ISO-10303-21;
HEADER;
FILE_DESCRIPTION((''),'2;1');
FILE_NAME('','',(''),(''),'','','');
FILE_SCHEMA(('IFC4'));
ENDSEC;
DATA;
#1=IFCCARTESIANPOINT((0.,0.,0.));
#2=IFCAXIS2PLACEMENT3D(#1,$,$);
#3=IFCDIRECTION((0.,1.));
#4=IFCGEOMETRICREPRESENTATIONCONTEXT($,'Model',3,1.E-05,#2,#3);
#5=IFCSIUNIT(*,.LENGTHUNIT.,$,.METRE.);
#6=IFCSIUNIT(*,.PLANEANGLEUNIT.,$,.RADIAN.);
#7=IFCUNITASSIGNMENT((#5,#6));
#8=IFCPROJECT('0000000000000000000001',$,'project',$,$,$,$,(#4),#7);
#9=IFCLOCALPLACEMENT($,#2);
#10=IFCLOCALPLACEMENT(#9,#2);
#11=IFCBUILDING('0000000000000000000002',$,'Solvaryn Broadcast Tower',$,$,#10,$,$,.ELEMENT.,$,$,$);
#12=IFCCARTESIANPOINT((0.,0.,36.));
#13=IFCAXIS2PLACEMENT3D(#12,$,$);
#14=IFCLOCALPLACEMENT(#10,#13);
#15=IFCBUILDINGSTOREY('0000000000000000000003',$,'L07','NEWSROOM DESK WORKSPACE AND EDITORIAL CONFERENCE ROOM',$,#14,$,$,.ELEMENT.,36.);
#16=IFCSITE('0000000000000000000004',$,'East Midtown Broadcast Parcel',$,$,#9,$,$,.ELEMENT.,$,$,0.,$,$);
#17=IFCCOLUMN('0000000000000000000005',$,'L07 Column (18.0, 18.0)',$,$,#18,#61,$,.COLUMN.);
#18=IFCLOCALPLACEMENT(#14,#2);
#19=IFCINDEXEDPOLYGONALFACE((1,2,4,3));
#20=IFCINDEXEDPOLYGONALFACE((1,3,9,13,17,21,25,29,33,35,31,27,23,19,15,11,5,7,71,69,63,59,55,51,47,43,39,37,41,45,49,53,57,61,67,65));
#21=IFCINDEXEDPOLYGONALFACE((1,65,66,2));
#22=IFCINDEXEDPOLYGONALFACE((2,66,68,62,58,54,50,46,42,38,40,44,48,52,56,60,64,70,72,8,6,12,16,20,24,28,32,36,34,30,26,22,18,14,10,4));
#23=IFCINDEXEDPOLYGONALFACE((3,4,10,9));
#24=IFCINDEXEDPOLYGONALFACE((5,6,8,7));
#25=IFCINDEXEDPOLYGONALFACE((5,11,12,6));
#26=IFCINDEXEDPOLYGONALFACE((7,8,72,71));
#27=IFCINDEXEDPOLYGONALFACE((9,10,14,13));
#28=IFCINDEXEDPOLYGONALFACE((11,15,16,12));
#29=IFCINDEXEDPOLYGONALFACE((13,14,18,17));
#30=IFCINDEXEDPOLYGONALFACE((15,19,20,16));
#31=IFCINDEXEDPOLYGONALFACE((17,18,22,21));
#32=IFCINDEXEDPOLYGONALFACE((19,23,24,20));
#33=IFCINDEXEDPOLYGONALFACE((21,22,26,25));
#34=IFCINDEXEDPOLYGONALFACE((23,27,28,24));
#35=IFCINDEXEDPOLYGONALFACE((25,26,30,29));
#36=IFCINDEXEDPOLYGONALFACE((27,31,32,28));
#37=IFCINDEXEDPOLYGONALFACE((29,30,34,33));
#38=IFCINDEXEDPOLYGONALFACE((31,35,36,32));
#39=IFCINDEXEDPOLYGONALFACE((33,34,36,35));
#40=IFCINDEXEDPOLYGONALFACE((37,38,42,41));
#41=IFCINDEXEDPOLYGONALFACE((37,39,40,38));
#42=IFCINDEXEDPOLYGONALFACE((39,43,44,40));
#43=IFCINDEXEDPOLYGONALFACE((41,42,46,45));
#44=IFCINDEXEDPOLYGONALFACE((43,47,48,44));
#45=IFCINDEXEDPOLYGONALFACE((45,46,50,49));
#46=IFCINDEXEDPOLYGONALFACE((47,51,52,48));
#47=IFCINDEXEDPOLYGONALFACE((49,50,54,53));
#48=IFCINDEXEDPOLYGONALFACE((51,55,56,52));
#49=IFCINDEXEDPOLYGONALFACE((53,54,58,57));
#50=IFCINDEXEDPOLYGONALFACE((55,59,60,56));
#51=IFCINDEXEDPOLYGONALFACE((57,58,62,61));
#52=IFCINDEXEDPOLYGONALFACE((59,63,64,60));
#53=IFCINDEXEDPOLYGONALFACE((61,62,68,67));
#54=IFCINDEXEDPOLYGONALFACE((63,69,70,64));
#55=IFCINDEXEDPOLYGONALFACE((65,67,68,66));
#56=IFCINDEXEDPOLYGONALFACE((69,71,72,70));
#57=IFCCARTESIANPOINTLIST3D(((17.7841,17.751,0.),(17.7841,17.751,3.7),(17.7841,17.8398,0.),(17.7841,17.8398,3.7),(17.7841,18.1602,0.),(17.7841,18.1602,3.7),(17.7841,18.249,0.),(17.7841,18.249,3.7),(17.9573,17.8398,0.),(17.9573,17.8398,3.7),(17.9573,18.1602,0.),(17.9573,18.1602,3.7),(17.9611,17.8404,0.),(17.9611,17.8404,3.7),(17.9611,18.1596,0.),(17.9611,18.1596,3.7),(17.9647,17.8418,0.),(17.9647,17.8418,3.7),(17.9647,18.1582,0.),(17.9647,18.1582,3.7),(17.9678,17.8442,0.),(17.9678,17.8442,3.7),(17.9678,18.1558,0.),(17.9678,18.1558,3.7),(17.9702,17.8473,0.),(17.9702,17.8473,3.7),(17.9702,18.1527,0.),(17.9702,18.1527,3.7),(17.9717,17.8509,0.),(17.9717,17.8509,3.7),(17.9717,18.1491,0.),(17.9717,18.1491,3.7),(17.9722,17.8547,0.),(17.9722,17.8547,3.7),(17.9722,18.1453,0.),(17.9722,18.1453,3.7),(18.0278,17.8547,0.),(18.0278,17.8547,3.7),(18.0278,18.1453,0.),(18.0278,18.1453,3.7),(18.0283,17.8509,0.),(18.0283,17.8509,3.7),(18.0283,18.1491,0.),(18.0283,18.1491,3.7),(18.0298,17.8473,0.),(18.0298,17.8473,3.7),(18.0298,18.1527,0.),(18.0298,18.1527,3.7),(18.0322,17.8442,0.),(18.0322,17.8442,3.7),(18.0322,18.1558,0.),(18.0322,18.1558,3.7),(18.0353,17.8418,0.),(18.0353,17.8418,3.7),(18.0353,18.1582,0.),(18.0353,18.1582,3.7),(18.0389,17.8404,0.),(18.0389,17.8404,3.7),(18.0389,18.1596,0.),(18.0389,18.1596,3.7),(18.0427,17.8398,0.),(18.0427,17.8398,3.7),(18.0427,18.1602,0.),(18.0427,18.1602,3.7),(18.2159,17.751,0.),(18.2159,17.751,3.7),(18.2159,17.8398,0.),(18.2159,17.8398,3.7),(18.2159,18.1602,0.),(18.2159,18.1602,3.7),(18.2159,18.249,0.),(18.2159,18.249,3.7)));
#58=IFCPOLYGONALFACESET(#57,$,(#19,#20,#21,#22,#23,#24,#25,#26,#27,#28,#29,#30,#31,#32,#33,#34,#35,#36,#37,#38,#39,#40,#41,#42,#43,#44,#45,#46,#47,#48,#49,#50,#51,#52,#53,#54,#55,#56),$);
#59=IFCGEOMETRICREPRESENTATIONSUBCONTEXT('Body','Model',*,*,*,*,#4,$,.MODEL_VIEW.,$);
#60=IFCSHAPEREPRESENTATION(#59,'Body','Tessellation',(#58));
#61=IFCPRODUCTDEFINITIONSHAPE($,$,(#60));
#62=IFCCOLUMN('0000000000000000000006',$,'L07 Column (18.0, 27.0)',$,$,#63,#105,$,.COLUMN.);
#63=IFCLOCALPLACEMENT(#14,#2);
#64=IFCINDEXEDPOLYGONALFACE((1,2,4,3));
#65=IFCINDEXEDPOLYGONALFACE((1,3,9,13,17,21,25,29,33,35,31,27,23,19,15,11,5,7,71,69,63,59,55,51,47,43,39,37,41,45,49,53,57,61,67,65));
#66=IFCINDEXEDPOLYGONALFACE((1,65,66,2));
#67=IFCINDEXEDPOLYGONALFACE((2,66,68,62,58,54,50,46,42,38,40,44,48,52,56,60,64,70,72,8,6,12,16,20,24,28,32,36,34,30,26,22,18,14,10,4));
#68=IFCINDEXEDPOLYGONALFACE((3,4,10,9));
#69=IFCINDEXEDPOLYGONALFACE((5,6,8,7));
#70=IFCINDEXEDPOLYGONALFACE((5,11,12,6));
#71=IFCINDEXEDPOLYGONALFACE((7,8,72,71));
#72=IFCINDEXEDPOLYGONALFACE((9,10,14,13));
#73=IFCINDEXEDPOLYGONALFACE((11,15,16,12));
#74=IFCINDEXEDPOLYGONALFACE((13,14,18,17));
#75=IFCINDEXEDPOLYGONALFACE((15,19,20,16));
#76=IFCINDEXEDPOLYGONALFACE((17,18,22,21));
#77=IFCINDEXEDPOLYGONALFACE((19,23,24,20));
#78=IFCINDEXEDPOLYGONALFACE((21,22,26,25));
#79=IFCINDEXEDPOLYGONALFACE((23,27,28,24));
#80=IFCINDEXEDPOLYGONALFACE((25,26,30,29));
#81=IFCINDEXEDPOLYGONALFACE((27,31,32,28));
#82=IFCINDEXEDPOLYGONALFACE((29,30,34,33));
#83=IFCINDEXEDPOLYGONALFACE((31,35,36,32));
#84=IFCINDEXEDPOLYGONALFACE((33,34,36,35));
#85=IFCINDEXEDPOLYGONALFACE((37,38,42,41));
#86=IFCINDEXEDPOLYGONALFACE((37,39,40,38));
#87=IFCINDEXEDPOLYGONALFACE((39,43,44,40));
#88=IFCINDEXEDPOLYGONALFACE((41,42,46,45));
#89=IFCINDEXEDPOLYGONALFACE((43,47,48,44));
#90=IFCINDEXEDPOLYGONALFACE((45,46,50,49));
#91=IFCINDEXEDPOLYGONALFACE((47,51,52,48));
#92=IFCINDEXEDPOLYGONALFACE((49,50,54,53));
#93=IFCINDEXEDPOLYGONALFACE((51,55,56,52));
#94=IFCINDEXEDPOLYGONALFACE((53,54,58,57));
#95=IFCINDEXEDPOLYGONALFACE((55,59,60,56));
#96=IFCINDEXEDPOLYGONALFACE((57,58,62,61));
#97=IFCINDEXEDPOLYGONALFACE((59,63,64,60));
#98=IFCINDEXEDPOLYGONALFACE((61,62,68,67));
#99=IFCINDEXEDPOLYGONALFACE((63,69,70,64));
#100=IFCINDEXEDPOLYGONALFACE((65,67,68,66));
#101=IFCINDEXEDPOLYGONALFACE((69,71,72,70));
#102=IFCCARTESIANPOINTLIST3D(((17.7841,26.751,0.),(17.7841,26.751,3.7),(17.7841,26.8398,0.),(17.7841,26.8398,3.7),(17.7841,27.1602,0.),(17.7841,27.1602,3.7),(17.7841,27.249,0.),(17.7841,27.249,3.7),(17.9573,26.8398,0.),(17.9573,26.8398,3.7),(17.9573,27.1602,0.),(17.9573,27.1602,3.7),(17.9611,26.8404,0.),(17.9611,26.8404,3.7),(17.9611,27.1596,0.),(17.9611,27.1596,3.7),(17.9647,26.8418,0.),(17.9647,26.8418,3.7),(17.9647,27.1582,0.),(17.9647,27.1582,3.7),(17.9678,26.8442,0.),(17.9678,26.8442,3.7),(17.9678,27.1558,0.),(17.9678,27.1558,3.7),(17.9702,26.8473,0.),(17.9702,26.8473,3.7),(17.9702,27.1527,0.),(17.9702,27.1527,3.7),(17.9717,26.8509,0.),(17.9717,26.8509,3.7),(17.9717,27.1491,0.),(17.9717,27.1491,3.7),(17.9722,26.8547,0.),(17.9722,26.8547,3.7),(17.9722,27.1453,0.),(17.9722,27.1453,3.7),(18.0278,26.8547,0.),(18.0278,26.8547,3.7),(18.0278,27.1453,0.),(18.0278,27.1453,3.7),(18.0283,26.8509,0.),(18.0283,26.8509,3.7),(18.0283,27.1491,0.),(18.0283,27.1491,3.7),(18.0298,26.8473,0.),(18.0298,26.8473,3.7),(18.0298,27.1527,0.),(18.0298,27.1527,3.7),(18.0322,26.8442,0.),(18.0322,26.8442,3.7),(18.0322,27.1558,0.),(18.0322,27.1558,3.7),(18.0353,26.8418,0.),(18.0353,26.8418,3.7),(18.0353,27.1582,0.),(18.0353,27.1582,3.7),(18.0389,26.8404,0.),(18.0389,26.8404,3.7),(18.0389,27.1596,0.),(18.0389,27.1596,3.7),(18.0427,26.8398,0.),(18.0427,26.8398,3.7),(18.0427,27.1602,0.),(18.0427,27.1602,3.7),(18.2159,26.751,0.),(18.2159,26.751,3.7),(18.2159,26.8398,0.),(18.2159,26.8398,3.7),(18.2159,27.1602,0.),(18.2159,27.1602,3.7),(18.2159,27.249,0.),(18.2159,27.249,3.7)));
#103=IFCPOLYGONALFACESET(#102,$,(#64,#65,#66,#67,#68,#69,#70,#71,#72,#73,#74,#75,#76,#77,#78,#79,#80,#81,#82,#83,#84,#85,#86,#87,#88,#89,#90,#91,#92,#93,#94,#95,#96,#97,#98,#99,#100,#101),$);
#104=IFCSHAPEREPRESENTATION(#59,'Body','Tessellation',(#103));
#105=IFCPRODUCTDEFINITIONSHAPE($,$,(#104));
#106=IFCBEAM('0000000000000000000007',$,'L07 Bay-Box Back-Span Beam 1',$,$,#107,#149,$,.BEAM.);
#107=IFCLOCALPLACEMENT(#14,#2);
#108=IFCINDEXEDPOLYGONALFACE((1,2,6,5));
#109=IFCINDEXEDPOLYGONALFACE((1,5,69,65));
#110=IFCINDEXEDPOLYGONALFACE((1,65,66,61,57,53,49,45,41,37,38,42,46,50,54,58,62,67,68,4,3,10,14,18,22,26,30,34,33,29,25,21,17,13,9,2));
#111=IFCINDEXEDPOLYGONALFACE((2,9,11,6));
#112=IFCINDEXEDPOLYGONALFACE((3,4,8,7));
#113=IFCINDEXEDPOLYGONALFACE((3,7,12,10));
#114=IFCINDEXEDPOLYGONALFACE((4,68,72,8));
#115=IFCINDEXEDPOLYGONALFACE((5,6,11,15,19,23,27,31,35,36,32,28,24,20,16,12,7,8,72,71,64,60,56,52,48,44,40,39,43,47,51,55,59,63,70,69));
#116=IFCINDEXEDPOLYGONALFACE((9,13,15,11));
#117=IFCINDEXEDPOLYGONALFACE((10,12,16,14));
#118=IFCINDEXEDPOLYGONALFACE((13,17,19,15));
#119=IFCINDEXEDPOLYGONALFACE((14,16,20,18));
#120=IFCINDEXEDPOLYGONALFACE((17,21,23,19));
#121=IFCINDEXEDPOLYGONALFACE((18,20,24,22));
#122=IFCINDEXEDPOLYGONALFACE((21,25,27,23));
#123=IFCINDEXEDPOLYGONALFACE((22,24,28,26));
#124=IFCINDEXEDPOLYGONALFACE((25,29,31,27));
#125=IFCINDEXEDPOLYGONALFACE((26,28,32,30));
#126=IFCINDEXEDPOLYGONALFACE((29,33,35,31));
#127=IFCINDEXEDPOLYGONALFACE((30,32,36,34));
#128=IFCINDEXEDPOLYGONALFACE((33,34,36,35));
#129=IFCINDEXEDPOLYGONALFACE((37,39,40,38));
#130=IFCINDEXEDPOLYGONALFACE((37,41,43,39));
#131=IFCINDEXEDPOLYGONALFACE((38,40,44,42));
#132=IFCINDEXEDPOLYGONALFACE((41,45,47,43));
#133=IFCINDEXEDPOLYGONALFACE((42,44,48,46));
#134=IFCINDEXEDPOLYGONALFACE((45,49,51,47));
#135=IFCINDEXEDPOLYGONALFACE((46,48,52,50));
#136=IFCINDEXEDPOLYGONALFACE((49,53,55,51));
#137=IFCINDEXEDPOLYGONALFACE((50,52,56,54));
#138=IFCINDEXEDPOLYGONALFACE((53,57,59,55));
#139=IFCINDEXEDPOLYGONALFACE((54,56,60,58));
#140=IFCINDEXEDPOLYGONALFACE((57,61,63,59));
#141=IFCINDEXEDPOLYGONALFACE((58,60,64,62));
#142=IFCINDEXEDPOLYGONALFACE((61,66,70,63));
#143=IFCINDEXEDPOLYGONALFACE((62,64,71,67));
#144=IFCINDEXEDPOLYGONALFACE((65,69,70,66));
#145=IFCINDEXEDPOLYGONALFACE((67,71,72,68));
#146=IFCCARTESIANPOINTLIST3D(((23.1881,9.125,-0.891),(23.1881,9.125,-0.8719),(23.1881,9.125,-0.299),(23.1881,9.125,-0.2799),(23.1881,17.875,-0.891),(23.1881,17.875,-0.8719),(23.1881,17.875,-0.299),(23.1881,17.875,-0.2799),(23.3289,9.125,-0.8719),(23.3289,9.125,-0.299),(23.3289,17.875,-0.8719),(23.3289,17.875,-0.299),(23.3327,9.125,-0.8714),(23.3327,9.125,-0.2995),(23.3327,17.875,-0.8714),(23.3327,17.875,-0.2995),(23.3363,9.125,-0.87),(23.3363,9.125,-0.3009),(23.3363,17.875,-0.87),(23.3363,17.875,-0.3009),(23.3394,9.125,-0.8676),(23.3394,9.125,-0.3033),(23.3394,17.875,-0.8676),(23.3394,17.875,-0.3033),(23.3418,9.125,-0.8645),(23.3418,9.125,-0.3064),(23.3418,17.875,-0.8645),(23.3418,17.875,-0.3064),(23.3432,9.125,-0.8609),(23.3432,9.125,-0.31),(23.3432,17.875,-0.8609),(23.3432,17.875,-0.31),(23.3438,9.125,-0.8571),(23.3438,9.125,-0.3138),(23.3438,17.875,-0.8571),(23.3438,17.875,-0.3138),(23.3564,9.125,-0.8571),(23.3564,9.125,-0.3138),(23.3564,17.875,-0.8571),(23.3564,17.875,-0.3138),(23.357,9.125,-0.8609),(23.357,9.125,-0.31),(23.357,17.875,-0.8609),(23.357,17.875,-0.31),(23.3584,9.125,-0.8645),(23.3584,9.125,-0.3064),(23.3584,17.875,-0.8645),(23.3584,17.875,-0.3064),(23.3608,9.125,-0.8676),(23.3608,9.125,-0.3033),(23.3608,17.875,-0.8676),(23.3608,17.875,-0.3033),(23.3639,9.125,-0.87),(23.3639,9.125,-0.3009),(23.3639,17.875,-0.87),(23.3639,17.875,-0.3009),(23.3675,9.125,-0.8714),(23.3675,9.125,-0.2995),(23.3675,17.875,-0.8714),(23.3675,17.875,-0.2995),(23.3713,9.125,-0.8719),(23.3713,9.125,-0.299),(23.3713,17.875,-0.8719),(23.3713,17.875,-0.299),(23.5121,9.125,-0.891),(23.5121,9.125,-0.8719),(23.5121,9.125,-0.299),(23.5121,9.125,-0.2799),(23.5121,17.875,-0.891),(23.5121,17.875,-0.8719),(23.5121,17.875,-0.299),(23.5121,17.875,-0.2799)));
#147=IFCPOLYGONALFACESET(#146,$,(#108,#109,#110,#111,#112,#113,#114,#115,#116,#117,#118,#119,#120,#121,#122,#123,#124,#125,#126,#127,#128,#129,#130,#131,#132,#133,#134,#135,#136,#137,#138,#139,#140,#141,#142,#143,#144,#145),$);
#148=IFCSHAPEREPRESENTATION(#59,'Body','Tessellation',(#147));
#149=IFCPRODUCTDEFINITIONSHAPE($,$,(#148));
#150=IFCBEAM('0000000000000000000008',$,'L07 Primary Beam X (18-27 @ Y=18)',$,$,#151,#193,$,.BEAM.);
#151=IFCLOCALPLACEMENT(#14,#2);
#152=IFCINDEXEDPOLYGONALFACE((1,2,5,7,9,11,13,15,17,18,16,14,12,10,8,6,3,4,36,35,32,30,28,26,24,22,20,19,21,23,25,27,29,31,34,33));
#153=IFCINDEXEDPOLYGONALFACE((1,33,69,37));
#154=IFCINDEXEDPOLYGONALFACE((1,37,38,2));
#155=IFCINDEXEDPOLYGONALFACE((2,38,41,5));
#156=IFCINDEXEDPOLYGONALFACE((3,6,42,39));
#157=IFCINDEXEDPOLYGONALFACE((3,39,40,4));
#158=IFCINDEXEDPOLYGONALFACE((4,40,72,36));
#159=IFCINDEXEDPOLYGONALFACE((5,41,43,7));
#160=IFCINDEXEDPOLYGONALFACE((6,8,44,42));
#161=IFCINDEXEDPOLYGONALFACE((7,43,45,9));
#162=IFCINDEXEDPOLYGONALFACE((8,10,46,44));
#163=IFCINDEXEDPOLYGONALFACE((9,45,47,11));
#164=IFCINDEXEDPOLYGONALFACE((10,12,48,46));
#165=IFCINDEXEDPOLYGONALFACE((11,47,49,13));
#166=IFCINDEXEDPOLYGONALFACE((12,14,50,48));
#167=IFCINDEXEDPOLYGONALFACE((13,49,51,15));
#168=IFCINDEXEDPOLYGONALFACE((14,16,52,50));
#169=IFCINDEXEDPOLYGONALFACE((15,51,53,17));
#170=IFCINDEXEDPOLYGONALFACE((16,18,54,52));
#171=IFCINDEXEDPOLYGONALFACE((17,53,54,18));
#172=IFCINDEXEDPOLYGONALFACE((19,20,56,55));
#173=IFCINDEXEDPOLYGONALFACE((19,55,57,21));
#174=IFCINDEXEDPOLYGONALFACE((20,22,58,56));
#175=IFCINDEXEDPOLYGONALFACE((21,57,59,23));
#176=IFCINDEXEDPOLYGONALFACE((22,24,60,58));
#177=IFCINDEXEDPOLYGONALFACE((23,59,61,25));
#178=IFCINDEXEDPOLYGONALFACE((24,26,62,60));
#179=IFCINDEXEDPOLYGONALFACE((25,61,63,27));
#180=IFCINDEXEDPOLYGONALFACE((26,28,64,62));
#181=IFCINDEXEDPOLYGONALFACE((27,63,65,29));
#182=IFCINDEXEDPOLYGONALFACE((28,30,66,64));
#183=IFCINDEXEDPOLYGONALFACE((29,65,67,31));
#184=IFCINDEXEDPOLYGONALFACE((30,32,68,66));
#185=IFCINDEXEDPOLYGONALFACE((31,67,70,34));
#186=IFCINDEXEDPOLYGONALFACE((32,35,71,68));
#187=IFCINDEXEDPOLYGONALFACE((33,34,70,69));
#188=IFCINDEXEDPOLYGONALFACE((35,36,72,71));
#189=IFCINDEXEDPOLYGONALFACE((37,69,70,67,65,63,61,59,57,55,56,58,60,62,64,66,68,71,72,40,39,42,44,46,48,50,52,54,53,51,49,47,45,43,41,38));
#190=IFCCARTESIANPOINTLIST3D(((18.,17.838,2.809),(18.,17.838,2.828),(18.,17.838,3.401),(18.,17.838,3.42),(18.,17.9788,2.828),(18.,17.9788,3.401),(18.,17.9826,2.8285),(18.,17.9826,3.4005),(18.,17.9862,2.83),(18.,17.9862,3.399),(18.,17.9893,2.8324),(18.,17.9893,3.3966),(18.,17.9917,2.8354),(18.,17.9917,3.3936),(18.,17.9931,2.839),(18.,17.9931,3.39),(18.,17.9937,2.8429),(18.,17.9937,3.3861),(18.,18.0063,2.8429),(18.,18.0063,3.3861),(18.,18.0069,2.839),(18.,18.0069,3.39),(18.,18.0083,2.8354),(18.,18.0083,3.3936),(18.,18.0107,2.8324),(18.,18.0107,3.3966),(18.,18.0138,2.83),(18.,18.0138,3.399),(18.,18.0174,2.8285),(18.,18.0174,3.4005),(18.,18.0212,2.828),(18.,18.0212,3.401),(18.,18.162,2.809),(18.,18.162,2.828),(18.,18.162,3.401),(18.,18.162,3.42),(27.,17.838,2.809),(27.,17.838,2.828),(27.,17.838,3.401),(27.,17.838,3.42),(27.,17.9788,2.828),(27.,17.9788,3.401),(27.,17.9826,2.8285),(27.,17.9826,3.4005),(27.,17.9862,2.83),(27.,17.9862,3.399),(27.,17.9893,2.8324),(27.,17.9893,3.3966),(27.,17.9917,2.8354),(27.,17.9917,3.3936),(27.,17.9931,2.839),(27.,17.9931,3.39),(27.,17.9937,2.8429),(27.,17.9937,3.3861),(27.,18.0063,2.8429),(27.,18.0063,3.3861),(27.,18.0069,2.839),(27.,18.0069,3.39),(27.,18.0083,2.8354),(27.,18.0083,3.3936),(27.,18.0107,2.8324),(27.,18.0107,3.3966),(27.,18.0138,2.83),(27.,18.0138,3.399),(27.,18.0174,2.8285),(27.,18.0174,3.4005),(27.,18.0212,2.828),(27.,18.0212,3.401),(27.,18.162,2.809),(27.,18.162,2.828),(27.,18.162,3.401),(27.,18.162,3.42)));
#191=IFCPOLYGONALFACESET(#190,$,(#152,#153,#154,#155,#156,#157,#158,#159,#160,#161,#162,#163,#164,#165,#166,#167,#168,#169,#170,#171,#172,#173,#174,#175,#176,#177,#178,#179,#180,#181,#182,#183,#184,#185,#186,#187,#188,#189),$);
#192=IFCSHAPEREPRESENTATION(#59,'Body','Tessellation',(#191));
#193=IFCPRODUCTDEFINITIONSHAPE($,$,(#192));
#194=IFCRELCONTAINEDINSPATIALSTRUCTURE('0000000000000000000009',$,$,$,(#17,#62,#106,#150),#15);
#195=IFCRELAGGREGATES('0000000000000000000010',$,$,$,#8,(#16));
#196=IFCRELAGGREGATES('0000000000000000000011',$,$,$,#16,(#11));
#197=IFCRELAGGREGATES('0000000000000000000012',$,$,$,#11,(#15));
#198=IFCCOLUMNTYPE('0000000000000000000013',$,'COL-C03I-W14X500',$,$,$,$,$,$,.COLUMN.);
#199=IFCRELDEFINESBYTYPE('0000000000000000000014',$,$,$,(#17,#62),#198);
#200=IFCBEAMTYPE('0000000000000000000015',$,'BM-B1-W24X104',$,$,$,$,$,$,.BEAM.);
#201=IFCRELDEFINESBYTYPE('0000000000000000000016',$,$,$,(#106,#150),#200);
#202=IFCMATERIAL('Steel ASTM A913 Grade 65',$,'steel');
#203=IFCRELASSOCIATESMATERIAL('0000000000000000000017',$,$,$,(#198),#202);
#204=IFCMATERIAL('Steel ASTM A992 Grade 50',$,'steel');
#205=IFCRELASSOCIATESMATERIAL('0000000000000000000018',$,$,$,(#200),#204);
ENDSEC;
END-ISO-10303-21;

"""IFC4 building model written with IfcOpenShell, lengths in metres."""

from ifc_helpers import new_model, si_unit, direction, frame, origin, origin_2d, place, context, subcontext, project, spatial, i_section, extrude, material, material_profile, profile_set, type_object, element, save


model = new_model("IFC4")

# Units and contexts
model_context = context("Model", 3, precision=1e-05, world=origin(), true_north=direction((0.0, 1.0)))
body_context = subcontext(model_context, "Body", "Model", "MODEL_VIEW")
ifc_project = project(units=[si_unit("LENGTHUNIT", "METRE"), si_unit("PLANEANGLEUNIT", "RADIAN")], contexts=[model_context])

# Site, building, storey
site_placement = place(None, origin())
site = spatial("IfcSite", under=ifc_project, at=site_placement, Name="East Midtown Broadcast Parcel", CompositionType="ELEMENT", RefElevation=0.0)
building_placement = place(site_placement, origin())
building = spatial("IfcBuilding", under=site, at=building_placement, Name="Solvaryn Broadcast Tower", CompositionType="ELEMENT")
storey_placement = place(building_placement, frame((0.0, 0.0, 36.0)))
storey = spatial("IfcBuildingStorey", under=building, at=storey_placement, Name="L07", Description="NEWSROOM DESK WORKSPACE AND EDITORIAL CONFERENCE ROOM", CompositionType="ELEMENT", Elevation=36.0)

# Columns
ifc_material_1 = material(Name="Steel ASTM A913 Grade 65", Category="steel")
ifc_material_profile_1 = material_profile(ifc_material_1, i_section(OverallWidth=0.4319, OverallDepth=0.498, WebThickness=0.0557, FlangeThickness=0.0889, FilletRadius=0.0149, at=origin_2d()))
ifc_profile_set_1 = profile_set([ifc_material_profile_1], Name="Steel ASTM A913 Grade 65")
column_type = type_object("IfcColumnType", Name="COL-C03I-W14X500", PredefinedType="COLUMN", material=ifc_profile_set_1)
for number, where, z_axis, x_axis, name in (
    (1, (18.0, 18.0, 0.0), (0.0, 0.0, 1.0), (1.0, 0.0, 0.0), "L07 Column (18.0, 18.0)"),
    (2, (18.0, 27.0, 0.0), (0.0, 0.0, 1.0), (1.0, 0.0, 0.0), "L07 Column (18.0, 27.0)"),
):
    element("IfcColumn", number, at=place(storey_placement, frame(where, z_axis=z_axis, x_axis=x_axis)), inside=storey, type_object=column_type, Name=name, PredefinedType="COLUMN", context=body_context, shape_type="SweptSolid", body=[
        extrude(i_section(OverallWidth=0.4319, OverallDepth=0.498, WebThickness=0.0557, FlangeThickness=0.0889, FilletRadius=0.0149, at=origin_2d()), origin(), (0.0, 0.0, 1.0), 3.7),
    ])

# Beams
ifc_material_2 = material(Name="Steel ASTM A992 Grade 50", Category="steel")
ifc_material_profile_2 = material_profile(ifc_material_2, i_section(OverallWidth=0.324, OverallDepth=0.6111, WebThickness=0.0127, FlangeThickness=0.019, FilletRadius=0.0149, at=origin_2d()))
ifc_profile_set_2 = profile_set([ifc_material_profile_2], Name="Steel ASTM A992 Grade 50")
beam_type_1 = type_object("IfcBeamType", Name="BM-B1-W24X104", PredefinedType="BEAM", material=ifc_profile_set_2)
beam_1_placement = place(storey_placement, frame((23.3501, 17.875, -0.5854), z_axis=(0.0, -1.0, 0.0), x_axis=(1.0, 0.0, 0.0)))
element("IfcBeam", 3, at=beam_1_placement, inside=storey, type_object=beam_type_1, Name="L07 Bay-Box Back-Span Beam 1", PredefinedType="BEAM", context=body_context, shape_type="SweptSolid", body=[
    extrude(i_section(OverallWidth=0.324, OverallDepth=0.6111, WebThickness=0.0127, FlangeThickness=0.019, FilletRadius=0.0149, at=origin_2d()), origin(), (0.0, 0.0, 1.0), 8.75),
])
for number, where, z_axis, x_axis, name in (
    (4, (18.0, 18.0, 3.1145), (1.0, 0.0, 0.0), (0.0, 1.0, 0.0), "L07 Primary Beam X (18-27 @ Y=18)"),
):
    element("IfcBeam", number, at=place(storey_placement, frame(where, z_axis=z_axis, x_axis=x_axis)), inside=storey, type_object=beam_type_1, Name=name, PredefinedType="BEAM", context=body_context, shape_type="SweptSolid", body=[
        extrude(i_section(OverallWidth=0.324, OverallDepth=0.6111, WebThickness=0.0127, FlangeThickness=0.019, FilletRadius=0.0149, at=origin_2d()), origin(), (0.0, 0.0, 1.0), 9.0),
    ])

save(model, "model.ifc")
